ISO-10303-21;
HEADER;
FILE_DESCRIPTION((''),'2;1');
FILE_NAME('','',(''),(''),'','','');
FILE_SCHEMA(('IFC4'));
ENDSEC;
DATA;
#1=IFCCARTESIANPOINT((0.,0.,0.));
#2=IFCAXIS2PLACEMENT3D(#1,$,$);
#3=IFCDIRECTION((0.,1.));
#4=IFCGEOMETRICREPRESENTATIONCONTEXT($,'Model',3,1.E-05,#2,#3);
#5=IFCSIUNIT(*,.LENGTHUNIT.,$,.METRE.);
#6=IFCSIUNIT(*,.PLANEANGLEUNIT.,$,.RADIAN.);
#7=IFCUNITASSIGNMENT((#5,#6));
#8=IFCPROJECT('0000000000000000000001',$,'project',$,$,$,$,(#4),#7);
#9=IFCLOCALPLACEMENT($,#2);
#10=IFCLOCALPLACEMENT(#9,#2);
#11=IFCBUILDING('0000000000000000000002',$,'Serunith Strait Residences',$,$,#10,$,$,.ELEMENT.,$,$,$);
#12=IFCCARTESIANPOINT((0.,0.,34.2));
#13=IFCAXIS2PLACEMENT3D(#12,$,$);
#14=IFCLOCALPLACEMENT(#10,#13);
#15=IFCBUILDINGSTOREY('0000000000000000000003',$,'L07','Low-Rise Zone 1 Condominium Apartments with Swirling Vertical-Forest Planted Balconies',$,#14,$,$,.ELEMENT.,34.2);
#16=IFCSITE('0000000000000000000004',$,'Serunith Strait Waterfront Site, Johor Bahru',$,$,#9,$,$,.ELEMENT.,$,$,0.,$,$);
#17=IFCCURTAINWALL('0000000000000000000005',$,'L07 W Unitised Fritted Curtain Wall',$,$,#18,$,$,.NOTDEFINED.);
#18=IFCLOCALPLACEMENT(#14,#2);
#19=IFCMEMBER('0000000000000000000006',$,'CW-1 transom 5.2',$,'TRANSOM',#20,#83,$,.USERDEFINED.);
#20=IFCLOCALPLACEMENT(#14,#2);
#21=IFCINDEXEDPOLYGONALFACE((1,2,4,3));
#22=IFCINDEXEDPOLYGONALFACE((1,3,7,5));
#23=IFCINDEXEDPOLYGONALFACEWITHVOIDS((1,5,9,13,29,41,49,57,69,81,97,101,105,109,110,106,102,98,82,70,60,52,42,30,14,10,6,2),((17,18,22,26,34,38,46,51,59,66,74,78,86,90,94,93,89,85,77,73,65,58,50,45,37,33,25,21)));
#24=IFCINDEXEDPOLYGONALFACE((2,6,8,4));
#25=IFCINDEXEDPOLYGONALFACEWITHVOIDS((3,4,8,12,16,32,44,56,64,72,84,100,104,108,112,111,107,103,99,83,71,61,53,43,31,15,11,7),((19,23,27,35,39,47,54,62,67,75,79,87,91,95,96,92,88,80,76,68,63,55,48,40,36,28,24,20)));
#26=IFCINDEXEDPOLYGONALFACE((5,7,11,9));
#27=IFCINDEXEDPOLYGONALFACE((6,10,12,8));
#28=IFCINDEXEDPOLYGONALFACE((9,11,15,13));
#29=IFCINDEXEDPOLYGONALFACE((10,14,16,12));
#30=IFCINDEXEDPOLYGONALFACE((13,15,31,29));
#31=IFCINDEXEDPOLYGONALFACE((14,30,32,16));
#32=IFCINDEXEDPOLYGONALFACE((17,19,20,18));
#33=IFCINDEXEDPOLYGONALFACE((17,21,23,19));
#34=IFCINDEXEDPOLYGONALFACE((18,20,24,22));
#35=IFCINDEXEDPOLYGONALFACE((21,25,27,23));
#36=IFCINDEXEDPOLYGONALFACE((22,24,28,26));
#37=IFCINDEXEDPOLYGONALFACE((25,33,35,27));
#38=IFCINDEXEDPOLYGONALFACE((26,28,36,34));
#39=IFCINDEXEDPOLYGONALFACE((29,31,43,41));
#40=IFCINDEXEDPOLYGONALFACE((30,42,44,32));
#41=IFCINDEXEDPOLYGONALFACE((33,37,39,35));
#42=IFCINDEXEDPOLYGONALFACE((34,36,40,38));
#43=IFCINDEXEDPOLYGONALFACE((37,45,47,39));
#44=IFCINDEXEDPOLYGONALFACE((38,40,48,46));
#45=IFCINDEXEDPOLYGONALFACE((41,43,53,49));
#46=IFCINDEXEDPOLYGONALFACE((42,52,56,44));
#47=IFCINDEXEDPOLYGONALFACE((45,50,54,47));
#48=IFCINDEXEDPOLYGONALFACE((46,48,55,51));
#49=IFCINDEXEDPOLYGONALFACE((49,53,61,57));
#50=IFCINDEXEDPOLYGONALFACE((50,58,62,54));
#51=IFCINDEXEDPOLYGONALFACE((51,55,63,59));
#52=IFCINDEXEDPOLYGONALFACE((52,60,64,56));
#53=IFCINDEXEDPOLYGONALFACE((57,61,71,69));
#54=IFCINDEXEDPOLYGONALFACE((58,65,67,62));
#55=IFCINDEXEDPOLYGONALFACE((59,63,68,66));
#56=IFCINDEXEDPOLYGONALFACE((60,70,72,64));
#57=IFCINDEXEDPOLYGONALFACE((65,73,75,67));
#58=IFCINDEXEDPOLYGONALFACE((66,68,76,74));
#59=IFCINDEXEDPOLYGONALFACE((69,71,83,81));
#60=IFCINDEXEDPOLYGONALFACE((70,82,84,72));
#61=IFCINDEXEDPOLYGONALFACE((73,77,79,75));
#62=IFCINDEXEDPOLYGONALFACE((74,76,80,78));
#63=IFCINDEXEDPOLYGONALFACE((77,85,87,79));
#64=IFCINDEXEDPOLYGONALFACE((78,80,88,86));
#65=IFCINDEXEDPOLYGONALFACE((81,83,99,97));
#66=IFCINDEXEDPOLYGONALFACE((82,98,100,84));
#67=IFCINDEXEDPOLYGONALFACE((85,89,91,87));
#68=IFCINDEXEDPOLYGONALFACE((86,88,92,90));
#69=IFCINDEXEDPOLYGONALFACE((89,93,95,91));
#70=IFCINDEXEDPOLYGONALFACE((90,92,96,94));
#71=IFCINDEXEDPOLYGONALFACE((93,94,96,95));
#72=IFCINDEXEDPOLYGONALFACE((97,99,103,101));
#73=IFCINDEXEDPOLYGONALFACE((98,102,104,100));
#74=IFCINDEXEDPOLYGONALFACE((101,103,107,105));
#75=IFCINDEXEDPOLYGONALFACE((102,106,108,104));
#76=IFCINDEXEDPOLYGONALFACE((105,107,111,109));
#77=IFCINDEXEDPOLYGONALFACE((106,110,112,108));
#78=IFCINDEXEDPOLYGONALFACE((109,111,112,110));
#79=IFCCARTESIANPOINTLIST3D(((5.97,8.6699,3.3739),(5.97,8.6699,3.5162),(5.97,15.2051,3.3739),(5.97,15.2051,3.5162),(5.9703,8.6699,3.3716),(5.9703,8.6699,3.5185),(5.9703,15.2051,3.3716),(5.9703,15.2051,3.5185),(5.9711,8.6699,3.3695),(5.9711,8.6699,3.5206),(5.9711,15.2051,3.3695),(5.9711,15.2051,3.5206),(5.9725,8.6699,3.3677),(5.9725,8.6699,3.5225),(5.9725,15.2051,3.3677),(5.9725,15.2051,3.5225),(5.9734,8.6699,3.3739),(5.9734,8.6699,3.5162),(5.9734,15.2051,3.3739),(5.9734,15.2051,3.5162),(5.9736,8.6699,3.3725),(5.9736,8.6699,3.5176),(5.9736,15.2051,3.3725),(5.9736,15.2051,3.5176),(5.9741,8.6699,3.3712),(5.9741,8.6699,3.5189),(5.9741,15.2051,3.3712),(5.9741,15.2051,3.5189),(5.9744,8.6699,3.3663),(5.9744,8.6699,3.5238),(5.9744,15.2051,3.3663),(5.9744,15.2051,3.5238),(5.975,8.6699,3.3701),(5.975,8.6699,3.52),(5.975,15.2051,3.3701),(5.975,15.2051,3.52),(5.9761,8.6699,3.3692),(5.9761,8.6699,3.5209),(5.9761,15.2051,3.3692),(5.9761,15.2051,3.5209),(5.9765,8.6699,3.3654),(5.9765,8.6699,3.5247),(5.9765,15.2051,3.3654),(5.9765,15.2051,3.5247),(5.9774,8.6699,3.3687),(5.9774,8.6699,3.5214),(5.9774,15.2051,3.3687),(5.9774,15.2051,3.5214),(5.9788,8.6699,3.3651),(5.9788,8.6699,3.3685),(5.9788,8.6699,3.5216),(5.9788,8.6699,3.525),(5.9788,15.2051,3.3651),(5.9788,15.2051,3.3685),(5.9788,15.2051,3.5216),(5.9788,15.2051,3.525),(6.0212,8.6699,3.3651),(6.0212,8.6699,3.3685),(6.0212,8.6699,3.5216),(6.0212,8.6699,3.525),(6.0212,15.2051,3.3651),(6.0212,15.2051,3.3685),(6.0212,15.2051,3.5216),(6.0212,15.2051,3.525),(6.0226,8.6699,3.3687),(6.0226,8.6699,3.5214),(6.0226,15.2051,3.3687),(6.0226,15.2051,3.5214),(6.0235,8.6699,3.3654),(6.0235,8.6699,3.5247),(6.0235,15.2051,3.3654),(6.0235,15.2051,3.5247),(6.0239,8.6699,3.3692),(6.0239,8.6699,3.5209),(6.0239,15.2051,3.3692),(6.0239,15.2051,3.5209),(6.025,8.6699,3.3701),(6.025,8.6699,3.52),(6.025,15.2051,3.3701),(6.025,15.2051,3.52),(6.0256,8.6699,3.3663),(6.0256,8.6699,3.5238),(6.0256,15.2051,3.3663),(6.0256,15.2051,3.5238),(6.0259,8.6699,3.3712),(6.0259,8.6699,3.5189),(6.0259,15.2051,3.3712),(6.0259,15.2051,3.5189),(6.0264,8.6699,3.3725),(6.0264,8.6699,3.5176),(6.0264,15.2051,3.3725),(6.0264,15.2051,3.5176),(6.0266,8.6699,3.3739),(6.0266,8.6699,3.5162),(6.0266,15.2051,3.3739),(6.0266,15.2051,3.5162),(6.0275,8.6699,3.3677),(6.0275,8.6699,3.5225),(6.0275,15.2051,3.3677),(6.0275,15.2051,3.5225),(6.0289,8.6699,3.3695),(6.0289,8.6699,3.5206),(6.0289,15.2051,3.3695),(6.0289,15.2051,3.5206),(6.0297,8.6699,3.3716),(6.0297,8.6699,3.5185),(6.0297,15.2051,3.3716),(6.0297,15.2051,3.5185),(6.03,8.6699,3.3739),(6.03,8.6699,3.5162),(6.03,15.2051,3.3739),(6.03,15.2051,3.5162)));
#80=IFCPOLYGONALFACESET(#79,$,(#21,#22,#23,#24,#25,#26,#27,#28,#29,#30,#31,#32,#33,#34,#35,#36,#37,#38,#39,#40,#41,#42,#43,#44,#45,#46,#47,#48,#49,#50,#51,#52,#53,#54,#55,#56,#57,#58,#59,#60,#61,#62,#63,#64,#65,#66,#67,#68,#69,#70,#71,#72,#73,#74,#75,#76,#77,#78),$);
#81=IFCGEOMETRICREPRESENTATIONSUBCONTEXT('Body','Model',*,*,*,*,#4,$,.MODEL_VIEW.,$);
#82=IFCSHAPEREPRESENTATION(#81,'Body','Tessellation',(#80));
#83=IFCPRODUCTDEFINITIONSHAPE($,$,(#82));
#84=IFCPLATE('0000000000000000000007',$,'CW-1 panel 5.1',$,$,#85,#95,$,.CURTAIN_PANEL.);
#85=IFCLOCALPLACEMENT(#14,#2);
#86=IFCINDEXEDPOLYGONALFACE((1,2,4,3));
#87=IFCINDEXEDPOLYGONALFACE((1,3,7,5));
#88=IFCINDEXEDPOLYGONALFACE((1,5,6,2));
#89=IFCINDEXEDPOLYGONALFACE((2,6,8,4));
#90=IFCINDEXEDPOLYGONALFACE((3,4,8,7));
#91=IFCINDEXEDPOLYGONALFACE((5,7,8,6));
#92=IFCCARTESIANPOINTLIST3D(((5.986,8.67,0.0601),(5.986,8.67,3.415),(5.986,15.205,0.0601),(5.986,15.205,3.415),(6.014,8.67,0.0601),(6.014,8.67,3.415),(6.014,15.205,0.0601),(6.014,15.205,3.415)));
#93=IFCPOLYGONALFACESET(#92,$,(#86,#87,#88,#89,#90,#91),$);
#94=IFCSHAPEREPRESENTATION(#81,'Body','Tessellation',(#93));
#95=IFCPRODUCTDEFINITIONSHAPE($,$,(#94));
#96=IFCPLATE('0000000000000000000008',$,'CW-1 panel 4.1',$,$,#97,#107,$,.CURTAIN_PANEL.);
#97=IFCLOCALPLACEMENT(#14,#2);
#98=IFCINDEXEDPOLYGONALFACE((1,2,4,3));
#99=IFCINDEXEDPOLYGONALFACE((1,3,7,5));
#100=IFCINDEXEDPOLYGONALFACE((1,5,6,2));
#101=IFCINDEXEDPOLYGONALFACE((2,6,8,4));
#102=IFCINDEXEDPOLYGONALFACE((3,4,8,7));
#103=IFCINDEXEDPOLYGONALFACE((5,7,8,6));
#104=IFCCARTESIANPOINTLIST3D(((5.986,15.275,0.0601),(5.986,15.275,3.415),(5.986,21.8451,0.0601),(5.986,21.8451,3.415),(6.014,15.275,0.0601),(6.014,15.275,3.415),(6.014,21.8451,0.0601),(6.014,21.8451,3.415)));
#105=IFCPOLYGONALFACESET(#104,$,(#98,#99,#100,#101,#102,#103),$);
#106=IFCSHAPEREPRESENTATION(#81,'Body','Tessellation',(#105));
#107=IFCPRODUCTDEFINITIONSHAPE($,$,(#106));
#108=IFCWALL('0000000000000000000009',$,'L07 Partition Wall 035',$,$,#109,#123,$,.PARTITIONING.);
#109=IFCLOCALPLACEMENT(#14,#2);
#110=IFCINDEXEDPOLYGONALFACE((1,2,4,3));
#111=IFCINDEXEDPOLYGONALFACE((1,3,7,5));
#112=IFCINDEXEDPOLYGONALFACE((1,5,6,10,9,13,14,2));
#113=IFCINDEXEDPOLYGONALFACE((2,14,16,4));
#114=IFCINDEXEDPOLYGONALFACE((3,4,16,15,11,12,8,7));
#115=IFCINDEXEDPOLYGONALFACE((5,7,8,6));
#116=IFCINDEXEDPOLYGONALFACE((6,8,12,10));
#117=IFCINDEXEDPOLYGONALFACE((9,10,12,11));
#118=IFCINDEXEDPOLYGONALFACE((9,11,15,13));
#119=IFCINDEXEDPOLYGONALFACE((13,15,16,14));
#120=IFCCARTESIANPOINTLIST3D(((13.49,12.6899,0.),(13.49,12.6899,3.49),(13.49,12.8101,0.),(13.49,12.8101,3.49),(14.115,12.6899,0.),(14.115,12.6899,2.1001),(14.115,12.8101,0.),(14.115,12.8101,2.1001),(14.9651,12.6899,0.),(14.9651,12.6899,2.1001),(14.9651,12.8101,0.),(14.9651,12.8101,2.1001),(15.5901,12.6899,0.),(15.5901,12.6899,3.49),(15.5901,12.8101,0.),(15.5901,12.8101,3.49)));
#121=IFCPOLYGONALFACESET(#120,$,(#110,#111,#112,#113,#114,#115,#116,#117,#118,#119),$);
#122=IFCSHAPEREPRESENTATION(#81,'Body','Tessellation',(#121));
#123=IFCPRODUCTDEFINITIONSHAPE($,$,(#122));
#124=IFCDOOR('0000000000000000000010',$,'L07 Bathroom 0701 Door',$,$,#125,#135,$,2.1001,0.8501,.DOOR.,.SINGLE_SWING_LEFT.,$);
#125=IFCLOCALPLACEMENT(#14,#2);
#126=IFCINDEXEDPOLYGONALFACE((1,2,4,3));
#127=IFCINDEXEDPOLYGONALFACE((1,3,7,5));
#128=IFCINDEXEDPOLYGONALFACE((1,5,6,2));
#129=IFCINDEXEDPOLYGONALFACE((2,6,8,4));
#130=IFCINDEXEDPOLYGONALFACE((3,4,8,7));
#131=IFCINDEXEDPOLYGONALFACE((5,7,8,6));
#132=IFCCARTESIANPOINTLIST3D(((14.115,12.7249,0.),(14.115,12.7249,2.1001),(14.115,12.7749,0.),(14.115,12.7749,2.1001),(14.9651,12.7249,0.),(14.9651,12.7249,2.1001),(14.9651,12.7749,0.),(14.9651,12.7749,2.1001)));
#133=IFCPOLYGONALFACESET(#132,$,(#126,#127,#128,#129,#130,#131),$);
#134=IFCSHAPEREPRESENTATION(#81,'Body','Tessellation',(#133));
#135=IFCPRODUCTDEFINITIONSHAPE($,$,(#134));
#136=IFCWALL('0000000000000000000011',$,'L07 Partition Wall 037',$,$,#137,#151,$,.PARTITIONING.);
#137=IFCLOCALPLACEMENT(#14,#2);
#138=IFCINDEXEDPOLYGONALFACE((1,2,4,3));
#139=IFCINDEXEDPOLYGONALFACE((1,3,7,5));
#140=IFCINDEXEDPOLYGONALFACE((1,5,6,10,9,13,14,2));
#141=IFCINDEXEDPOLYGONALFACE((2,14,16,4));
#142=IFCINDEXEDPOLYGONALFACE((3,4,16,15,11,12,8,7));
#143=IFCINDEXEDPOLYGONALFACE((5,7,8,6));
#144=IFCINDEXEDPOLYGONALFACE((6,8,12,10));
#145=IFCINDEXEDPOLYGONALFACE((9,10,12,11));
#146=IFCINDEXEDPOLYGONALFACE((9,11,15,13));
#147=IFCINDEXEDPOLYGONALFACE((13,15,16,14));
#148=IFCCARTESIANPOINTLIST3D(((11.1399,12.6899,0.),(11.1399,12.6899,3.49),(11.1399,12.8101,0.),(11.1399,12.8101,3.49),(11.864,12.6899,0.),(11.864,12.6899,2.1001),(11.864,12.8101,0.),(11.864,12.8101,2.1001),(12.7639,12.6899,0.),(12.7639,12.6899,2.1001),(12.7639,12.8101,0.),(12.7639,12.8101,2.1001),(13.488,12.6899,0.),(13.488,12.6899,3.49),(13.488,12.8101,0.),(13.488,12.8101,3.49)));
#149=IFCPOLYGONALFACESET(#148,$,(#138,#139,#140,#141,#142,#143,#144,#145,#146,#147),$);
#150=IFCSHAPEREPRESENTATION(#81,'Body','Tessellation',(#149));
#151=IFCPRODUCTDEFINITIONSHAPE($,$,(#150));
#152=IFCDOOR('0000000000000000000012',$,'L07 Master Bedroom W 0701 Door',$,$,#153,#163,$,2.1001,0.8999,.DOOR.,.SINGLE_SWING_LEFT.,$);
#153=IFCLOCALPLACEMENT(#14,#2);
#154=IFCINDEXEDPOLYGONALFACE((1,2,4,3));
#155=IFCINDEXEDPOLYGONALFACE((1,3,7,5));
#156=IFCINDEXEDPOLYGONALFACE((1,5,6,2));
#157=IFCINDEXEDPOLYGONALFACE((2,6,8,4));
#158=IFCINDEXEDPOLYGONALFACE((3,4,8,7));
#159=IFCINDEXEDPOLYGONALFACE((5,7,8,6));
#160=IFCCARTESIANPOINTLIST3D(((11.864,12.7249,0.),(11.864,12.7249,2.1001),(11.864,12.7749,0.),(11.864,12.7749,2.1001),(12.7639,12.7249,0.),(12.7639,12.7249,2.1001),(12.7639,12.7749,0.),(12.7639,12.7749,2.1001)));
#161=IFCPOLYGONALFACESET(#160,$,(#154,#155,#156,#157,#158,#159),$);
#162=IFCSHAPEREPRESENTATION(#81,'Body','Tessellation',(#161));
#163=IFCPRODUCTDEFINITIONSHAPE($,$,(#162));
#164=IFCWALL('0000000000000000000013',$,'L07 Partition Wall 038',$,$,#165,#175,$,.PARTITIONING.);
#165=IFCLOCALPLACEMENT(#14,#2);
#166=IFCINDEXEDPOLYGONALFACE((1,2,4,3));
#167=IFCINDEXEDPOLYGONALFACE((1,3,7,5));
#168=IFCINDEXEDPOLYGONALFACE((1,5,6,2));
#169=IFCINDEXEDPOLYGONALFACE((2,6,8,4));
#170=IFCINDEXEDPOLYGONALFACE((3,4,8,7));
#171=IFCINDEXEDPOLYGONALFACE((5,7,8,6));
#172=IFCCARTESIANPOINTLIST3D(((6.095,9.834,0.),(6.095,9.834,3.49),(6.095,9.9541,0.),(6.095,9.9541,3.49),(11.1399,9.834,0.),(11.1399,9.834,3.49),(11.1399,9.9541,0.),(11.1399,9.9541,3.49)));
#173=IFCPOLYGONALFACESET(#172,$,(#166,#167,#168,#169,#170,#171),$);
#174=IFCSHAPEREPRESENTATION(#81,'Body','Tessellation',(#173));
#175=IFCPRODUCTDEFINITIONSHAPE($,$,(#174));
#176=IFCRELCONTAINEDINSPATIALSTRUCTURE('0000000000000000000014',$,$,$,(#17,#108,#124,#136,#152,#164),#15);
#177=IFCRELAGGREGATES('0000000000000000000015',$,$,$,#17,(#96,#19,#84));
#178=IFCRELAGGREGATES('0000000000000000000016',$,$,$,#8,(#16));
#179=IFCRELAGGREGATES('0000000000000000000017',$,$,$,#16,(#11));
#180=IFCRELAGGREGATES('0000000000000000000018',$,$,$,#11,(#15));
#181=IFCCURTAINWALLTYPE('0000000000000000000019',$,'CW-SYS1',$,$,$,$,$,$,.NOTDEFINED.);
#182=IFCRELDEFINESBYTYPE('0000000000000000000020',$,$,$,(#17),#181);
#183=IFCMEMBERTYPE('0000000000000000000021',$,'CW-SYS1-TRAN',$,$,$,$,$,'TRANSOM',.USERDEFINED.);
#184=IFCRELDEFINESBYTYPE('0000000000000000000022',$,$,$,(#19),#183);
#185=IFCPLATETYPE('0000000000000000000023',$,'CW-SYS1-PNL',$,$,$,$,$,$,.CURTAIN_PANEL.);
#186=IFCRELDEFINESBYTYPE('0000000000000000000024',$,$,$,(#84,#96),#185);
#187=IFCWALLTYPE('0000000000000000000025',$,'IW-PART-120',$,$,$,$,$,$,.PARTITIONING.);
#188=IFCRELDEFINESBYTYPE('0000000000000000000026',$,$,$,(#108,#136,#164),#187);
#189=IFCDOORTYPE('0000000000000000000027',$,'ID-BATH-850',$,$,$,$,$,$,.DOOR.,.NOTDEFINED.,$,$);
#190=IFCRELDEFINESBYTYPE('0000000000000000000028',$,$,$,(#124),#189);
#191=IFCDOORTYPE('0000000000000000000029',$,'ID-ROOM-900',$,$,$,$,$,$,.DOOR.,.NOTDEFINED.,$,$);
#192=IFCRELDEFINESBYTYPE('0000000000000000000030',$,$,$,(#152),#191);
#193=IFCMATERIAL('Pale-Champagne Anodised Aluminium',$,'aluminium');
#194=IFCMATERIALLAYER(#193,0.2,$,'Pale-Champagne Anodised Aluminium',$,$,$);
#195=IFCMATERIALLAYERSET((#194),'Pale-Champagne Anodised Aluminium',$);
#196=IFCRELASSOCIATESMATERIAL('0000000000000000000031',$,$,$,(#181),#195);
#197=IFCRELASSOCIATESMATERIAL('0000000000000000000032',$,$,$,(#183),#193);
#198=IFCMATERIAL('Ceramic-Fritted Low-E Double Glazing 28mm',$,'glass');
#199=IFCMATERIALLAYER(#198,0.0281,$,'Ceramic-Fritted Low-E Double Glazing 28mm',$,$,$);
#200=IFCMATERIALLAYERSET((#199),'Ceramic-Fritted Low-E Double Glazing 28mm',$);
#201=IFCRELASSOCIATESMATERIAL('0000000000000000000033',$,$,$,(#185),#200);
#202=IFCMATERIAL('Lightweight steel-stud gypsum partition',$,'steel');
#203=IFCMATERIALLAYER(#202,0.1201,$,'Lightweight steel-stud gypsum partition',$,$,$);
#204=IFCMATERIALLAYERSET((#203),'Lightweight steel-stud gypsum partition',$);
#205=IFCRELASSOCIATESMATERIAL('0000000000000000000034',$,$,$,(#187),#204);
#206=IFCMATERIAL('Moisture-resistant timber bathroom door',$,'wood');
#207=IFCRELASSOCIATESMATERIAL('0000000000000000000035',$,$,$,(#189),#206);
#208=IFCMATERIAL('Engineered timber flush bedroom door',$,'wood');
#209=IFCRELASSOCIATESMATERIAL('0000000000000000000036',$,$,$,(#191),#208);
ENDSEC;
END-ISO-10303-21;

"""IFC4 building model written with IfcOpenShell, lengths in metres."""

from ifc_helpers import new_model, si_unit, direction, frame, frame_2d, origin, origin_2d, place, context, subcontext, project, spatial, rectangle, hollow_rectangle, extrude, source, transform, mapped, material, layer, layer_set, material_profile, profile_set, type_object, element, fill, aggregate, save


model = new_model("IFC4")

# Units and contexts
model_context = context("Model", 3, precision=1e-05, world=origin(), true_north=direction((0.0, 1.0)))
body_context = subcontext(model_context, "Body", "Model", "MODEL_VIEW")
ifc_project = project(units=[si_unit("LENGTHUNIT", "METRE"), si_unit("PLANEANGLEUNIT", "RADIAN")], contexts=[model_context])

# Site, building, storey
site_placement = place(None, origin())
site = spatial("IfcSite", under=ifc_project, at=site_placement, Name="Serunith Strait Waterfront Site, Johor Bahru", CompositionType="ELEMENT", RefElevation=0.0)
building_placement = place(site_placement, origin())
building = spatial("IfcBuilding", under=site, at=building_placement, Name="Serunith Strait Residences", CompositionType="ELEMENT")
storey_placement = place(building_placement, frame((0.0, 0.0, 34.2)))
storey = spatial("IfcBuildingStorey", under=building, at=storey_placement, Name="L07", Description="Low-Rise Zone 1 Condominium Apartments with Swirling Vertical-Forest Planted Balconies", CompositionType="ELEMENT", Elevation=34.2)

# Curtain wall, member, plates
ifc_material_1 = material(Name="Pale-Champagne Anodised Aluminium", Category="aluminium")
ifc_layer_1 = layer(ifc_material_1, 0.2, Name="Pale-Champagne Anodised Aluminium")
ifc_layer_set_1 = layer_set([ifc_layer_1], Name="Pale-Champagne Anodised Aluminium")
curtain_wall_type = type_object("IfcCurtainWallType", Name="CW-SYS1", PredefinedType="NOTDEFINED", material=ifc_layer_set_1)
curtain_wall_placement = place(storey_placement, origin())
curtain_wall = element("IfcCurtainWall", 1, at=curtain_wall_placement, inside=storey, type_object=curtain_wall_type, Name="L07 W Unitised Fritted Curtain Wall", PredefinedType="NOTDEFINED")
ifc_material_profile_1 = material_profile(ifc_material_1, hollow_rectangle(XDim=0.0601, YDim=0.1599, WallThickness=0.0034, InnerFilletRadius=0.0054, OuterFilletRadius=0.0088, at=origin_2d()), Name="ALU 160x60x3.5")
ifc_profile_set_1 = profile_set([ifc_material_profile_1], Name="Pale-Champagne Anodised Aluminium")
member_type_1 = type_object("IfcMemberType", Name="CW-SYS1-TRAN", ElementType="TRANSOM", PredefinedType="USERDEFINED", material=ifc_profile_set_1)
shared_shape_1 = source(origin(), body_context, "Body", "SweptSolid", [
    extrude(hollow_rectangle(XDim=0.0601, YDim=0.1599, WallThickness=0.0034, InnerFilletRadius=0.0054, OuterFilletRadius=0.0088, at=origin_2d()), origin(), (0.0, 0.0, 1.0), 6.5352),
])
member_1_placement = place(storey_placement, frame((6.0, 15.2051, 3.4451), z_axis=(0.0, -1.0, 0.0), x_axis=(1.0, 0.0, 0.0)))
member_1 = element("IfcMember", 2, at=member_1_placement, type_object=member_type_1, Name="CW-1 transom 5.2", ObjectType="TRANSOM", PredefinedType="USERDEFINED", context=body_context, shape_type="MappedRepresentation", body=[
    mapped(shared_shape_1, transform((0.0, 0.0, 0.0), scale=1.0)),
])
ifc_material_2 = material(Name="Ceramic-Fritted Low-E Double Glazing 28mm", Category="glass")
ifc_layer_2 = layer(ifc_material_2, 0.0281, Name="Ceramic-Fritted Low-E Double Glazing 28mm")
ifc_layer_set_2 = layer_set([ifc_layer_2], Name="Ceramic-Fritted Low-E Double Glazing 28mm")
plate_type = type_object("IfcPlateType", Name="CW-SYS1-PNL", PredefinedType="CURTAIN_PANEL", material=ifc_layer_set_2)
shared_shape_2 = source(origin(), body_context, "Body", "SweptSolid", [
    extrude(rectangle(XDim=6.5349, YDim=0.0281, at=origin_2d()), origin(), (0.0, 0.0, 1.0), 3.355),
])
plate_1_placement = place(storey_placement, frame((6.0, 11.9375, 0.0601), z_axis=(0.0, 0.0, 1.0), x_axis=(0.0, -1.0, 0.0)))
plate_1 = element("IfcPlate", 3, at=plate_1_placement, type_object=plate_type, Name="CW-1 panel 5.1", PredefinedType="CURTAIN_PANEL", context=body_context, shape_type="MappedRepresentation", body=[
    mapped(shared_shape_2, transform((0.0, 0.0, 0.0), scale=1.0)),
])
shared_shape_3 = source(origin(), body_context, "Body", "SweptSolid", [
    extrude(rectangle(XDim=6.5701, YDim=0.0281, at=origin_2d()), origin(), (0.0, 0.0, 1.0), 3.355),
])
plate_2_placement = place(storey_placement, frame((6.0, 18.5601, 0.0601), z_axis=(0.0, 0.0, 1.0), x_axis=(0.0, -1.0, 0.0)))
plate_2 = element("IfcPlate", 4, at=plate_2_placement, type_object=plate_type, Name="CW-1 panel 4.1", PredefinedType="CURTAIN_PANEL", context=body_context, shape_type="MappedRepresentation", body=[
    mapped(shared_shape_3, transform((0.0, 0.0, 0.0), scale=1.0)),
])
aggregate(curtain_wall, [plate_2, member_1, plate_1])

# Walls, openings, doors
ifc_material_3 = material(Name="Lightweight steel-stud gypsum partition", Category="steel")
ifc_layer_3 = layer(ifc_material_3, 0.1201, Name="Lightweight steel-stud gypsum partition")
ifc_layer_set_3 = layer_set([ifc_layer_3], Name="Lightweight steel-stud gypsum partition")
wall_type_1 = type_object("IfcWallType", Name="IW-PART-120", PredefinedType="PARTITIONING", material=ifc_layer_set_3)
wall_1_placement = place(storey_placement, frame((13.49, 12.75, 0.0), z_axis=(0.0, 0.0, 1.0), x_axis=(1.0, 0.0, 0.0)))
wall_1 = element("IfcWall", 5, at=wall_1_placement, inside=storey, type_object=wall_type_1, Name="L07 Partition Wall 035", PredefinedType="PARTITIONING", context=body_context, shape_type="SweptSolid", body=[
    extrude(rectangle(XDim=2.1001, YDim=0.1201, at=frame_2d((1.05, 0.0))), origin(), (0.0, 0.0, 1.0), 3.49),
])
opening_1_placement = place(wall_1_placement, frame((0.625, 0.0, 0.0)))
opening_1 = element("IfcOpeningElement", 6, at=opening_1_placement, cuts=wall_1, PredefinedType="OPENING", context=body_context, shape_type="SweptSolid", body=[
    extrude(rectangle(XDim=0.8501, YDim=2.1001, at=frame_2d((0.425, 1.05))), frame((0.0, 0.0701, 0.0), z_axis=(0.0, -1.0, 0.0), x_axis=(1.0, 0.0, 0.0)), (0.0, 0.0, 1.0), 0.1401),
])
ifc_material_4 = material(Name="Moisture-resistant timber bathroom door", Category="wood")
door_type_1 = type_object("IfcDoorType", Name="ID-BATH-850", OperationType="NOTDEFINED", PredefinedType="DOOR", material=ifc_material_4)
shared_shape_4 = source(origin(), body_context, "Body", "SweptSolid", [
    extrude(rectangle(XDim=0.8501, YDim=2.1001, at=frame_2d((0.425, 1.05))), frame((0.0, 0.0249, 0.0), z_axis=(0.0, -1.0, 0.0), x_axis=(1.0, 0.0, 0.0)), (0.0, 0.0, 1.0), 0.05),
])
door_1_placement = place(opening_1_placement, origin())
door_1 = element("IfcDoor", 7, at=door_1_placement, inside=storey, type_object=door_type_1, Name="L07 Bathroom 0701 Door", OperationType="SINGLE_SWING_LEFT", OverallHeight=2.1001, OverallWidth=0.8501, PredefinedType="DOOR", context=body_context, shape_type="MappedRepresentation", body=[
    mapped(shared_shape_4, transform((0.0, 0.0, 0.0), scale=1.0)),
])
fill(opening_1, door_1)
wall_2_placement = place(storey_placement, frame((11.1399, 12.75, 0.0), z_axis=(0.0, 0.0, 1.0), x_axis=(1.0, 0.0, 0.0)))
wall_2 = element("IfcWall", 8, at=wall_2_placement, inside=storey, type_object=wall_type_1, Name="L07 Partition Wall 037", PredefinedType="PARTITIONING", context=body_context, shape_type="SweptSolid", body=[
    extrude(rectangle(XDim=2.3481, YDim=0.1201, at=frame_2d((1.1741, 0.0))), origin(), (0.0, 0.0, 1.0), 3.49),
])
opening_2_placement = place(wall_2_placement, frame((0.7241, 0.0, 0.0)))
opening_2 = element("IfcOpeningElement", 9, at=opening_2_placement, cuts=wall_2, PredefinedType="OPENING", context=body_context, shape_type="SweptSolid", body=[
    extrude(rectangle(XDim=0.8999, YDim=2.1001, at=frame_2d((0.45, 1.05))), frame((0.0, 0.0701, 0.0), z_axis=(0.0, -1.0, 0.0), x_axis=(1.0, 0.0, 0.0)), (0.0, 0.0, 1.0), 0.1401),
])
ifc_material_5 = material(Name="Engineered timber flush bedroom door", Category="wood")
door_type_2 = type_object("IfcDoorType", Name="ID-ROOM-900", OperationType="NOTDEFINED", PredefinedType="DOOR", material=ifc_material_5)
shared_shape_5 = source(origin(), body_context, "Body", "SweptSolid", [
    extrude(rectangle(XDim=0.8999, YDim=2.1001, at=frame_2d((0.45, 1.05))), frame((0.0, 0.0249, 0.0), z_axis=(0.0, -1.0, 0.0), x_axis=(1.0, 0.0, 0.0)), (0.0, 0.0, 1.0), 0.05),
])
door_2_placement = place(opening_2_placement, origin())
door_2 = element("IfcDoor", 10, at=door_2_placement, inside=storey, type_object=door_type_2, Name="L07 Master Bedroom W 0701 Door", OperationType="SINGLE_SWING_LEFT", OverallHeight=2.1001, OverallWidth=0.8999, PredefinedType="DOOR", context=body_context, shape_type="MappedRepresentation", body=[
    mapped(shared_shape_5, transform((0.0, 0.0, 0.0), scale=1.0)),
])
fill(opening_2, door_2)

# Wall
wall_3_placement = place(storey_placement, frame((6.095, 9.894, 0.0), z_axis=(0.0, 0.0, 1.0), x_axis=(1.0, 0.0, 0.0)))
element("IfcWall", 11, at=wall_3_placement, inside=storey, type_object=wall_type_1, Name="L07 Partition Wall 038", PredefinedType="PARTITIONING", context=body_context, shape_type="SweptSolid", body=[
    extrude(rectangle(XDim=5.0449, YDim=0.1201, at=frame_2d((2.5225, 0.0))), origin(), (0.0, 0.0, 1.0), 3.49),
])

save(model, "model.ifc")
